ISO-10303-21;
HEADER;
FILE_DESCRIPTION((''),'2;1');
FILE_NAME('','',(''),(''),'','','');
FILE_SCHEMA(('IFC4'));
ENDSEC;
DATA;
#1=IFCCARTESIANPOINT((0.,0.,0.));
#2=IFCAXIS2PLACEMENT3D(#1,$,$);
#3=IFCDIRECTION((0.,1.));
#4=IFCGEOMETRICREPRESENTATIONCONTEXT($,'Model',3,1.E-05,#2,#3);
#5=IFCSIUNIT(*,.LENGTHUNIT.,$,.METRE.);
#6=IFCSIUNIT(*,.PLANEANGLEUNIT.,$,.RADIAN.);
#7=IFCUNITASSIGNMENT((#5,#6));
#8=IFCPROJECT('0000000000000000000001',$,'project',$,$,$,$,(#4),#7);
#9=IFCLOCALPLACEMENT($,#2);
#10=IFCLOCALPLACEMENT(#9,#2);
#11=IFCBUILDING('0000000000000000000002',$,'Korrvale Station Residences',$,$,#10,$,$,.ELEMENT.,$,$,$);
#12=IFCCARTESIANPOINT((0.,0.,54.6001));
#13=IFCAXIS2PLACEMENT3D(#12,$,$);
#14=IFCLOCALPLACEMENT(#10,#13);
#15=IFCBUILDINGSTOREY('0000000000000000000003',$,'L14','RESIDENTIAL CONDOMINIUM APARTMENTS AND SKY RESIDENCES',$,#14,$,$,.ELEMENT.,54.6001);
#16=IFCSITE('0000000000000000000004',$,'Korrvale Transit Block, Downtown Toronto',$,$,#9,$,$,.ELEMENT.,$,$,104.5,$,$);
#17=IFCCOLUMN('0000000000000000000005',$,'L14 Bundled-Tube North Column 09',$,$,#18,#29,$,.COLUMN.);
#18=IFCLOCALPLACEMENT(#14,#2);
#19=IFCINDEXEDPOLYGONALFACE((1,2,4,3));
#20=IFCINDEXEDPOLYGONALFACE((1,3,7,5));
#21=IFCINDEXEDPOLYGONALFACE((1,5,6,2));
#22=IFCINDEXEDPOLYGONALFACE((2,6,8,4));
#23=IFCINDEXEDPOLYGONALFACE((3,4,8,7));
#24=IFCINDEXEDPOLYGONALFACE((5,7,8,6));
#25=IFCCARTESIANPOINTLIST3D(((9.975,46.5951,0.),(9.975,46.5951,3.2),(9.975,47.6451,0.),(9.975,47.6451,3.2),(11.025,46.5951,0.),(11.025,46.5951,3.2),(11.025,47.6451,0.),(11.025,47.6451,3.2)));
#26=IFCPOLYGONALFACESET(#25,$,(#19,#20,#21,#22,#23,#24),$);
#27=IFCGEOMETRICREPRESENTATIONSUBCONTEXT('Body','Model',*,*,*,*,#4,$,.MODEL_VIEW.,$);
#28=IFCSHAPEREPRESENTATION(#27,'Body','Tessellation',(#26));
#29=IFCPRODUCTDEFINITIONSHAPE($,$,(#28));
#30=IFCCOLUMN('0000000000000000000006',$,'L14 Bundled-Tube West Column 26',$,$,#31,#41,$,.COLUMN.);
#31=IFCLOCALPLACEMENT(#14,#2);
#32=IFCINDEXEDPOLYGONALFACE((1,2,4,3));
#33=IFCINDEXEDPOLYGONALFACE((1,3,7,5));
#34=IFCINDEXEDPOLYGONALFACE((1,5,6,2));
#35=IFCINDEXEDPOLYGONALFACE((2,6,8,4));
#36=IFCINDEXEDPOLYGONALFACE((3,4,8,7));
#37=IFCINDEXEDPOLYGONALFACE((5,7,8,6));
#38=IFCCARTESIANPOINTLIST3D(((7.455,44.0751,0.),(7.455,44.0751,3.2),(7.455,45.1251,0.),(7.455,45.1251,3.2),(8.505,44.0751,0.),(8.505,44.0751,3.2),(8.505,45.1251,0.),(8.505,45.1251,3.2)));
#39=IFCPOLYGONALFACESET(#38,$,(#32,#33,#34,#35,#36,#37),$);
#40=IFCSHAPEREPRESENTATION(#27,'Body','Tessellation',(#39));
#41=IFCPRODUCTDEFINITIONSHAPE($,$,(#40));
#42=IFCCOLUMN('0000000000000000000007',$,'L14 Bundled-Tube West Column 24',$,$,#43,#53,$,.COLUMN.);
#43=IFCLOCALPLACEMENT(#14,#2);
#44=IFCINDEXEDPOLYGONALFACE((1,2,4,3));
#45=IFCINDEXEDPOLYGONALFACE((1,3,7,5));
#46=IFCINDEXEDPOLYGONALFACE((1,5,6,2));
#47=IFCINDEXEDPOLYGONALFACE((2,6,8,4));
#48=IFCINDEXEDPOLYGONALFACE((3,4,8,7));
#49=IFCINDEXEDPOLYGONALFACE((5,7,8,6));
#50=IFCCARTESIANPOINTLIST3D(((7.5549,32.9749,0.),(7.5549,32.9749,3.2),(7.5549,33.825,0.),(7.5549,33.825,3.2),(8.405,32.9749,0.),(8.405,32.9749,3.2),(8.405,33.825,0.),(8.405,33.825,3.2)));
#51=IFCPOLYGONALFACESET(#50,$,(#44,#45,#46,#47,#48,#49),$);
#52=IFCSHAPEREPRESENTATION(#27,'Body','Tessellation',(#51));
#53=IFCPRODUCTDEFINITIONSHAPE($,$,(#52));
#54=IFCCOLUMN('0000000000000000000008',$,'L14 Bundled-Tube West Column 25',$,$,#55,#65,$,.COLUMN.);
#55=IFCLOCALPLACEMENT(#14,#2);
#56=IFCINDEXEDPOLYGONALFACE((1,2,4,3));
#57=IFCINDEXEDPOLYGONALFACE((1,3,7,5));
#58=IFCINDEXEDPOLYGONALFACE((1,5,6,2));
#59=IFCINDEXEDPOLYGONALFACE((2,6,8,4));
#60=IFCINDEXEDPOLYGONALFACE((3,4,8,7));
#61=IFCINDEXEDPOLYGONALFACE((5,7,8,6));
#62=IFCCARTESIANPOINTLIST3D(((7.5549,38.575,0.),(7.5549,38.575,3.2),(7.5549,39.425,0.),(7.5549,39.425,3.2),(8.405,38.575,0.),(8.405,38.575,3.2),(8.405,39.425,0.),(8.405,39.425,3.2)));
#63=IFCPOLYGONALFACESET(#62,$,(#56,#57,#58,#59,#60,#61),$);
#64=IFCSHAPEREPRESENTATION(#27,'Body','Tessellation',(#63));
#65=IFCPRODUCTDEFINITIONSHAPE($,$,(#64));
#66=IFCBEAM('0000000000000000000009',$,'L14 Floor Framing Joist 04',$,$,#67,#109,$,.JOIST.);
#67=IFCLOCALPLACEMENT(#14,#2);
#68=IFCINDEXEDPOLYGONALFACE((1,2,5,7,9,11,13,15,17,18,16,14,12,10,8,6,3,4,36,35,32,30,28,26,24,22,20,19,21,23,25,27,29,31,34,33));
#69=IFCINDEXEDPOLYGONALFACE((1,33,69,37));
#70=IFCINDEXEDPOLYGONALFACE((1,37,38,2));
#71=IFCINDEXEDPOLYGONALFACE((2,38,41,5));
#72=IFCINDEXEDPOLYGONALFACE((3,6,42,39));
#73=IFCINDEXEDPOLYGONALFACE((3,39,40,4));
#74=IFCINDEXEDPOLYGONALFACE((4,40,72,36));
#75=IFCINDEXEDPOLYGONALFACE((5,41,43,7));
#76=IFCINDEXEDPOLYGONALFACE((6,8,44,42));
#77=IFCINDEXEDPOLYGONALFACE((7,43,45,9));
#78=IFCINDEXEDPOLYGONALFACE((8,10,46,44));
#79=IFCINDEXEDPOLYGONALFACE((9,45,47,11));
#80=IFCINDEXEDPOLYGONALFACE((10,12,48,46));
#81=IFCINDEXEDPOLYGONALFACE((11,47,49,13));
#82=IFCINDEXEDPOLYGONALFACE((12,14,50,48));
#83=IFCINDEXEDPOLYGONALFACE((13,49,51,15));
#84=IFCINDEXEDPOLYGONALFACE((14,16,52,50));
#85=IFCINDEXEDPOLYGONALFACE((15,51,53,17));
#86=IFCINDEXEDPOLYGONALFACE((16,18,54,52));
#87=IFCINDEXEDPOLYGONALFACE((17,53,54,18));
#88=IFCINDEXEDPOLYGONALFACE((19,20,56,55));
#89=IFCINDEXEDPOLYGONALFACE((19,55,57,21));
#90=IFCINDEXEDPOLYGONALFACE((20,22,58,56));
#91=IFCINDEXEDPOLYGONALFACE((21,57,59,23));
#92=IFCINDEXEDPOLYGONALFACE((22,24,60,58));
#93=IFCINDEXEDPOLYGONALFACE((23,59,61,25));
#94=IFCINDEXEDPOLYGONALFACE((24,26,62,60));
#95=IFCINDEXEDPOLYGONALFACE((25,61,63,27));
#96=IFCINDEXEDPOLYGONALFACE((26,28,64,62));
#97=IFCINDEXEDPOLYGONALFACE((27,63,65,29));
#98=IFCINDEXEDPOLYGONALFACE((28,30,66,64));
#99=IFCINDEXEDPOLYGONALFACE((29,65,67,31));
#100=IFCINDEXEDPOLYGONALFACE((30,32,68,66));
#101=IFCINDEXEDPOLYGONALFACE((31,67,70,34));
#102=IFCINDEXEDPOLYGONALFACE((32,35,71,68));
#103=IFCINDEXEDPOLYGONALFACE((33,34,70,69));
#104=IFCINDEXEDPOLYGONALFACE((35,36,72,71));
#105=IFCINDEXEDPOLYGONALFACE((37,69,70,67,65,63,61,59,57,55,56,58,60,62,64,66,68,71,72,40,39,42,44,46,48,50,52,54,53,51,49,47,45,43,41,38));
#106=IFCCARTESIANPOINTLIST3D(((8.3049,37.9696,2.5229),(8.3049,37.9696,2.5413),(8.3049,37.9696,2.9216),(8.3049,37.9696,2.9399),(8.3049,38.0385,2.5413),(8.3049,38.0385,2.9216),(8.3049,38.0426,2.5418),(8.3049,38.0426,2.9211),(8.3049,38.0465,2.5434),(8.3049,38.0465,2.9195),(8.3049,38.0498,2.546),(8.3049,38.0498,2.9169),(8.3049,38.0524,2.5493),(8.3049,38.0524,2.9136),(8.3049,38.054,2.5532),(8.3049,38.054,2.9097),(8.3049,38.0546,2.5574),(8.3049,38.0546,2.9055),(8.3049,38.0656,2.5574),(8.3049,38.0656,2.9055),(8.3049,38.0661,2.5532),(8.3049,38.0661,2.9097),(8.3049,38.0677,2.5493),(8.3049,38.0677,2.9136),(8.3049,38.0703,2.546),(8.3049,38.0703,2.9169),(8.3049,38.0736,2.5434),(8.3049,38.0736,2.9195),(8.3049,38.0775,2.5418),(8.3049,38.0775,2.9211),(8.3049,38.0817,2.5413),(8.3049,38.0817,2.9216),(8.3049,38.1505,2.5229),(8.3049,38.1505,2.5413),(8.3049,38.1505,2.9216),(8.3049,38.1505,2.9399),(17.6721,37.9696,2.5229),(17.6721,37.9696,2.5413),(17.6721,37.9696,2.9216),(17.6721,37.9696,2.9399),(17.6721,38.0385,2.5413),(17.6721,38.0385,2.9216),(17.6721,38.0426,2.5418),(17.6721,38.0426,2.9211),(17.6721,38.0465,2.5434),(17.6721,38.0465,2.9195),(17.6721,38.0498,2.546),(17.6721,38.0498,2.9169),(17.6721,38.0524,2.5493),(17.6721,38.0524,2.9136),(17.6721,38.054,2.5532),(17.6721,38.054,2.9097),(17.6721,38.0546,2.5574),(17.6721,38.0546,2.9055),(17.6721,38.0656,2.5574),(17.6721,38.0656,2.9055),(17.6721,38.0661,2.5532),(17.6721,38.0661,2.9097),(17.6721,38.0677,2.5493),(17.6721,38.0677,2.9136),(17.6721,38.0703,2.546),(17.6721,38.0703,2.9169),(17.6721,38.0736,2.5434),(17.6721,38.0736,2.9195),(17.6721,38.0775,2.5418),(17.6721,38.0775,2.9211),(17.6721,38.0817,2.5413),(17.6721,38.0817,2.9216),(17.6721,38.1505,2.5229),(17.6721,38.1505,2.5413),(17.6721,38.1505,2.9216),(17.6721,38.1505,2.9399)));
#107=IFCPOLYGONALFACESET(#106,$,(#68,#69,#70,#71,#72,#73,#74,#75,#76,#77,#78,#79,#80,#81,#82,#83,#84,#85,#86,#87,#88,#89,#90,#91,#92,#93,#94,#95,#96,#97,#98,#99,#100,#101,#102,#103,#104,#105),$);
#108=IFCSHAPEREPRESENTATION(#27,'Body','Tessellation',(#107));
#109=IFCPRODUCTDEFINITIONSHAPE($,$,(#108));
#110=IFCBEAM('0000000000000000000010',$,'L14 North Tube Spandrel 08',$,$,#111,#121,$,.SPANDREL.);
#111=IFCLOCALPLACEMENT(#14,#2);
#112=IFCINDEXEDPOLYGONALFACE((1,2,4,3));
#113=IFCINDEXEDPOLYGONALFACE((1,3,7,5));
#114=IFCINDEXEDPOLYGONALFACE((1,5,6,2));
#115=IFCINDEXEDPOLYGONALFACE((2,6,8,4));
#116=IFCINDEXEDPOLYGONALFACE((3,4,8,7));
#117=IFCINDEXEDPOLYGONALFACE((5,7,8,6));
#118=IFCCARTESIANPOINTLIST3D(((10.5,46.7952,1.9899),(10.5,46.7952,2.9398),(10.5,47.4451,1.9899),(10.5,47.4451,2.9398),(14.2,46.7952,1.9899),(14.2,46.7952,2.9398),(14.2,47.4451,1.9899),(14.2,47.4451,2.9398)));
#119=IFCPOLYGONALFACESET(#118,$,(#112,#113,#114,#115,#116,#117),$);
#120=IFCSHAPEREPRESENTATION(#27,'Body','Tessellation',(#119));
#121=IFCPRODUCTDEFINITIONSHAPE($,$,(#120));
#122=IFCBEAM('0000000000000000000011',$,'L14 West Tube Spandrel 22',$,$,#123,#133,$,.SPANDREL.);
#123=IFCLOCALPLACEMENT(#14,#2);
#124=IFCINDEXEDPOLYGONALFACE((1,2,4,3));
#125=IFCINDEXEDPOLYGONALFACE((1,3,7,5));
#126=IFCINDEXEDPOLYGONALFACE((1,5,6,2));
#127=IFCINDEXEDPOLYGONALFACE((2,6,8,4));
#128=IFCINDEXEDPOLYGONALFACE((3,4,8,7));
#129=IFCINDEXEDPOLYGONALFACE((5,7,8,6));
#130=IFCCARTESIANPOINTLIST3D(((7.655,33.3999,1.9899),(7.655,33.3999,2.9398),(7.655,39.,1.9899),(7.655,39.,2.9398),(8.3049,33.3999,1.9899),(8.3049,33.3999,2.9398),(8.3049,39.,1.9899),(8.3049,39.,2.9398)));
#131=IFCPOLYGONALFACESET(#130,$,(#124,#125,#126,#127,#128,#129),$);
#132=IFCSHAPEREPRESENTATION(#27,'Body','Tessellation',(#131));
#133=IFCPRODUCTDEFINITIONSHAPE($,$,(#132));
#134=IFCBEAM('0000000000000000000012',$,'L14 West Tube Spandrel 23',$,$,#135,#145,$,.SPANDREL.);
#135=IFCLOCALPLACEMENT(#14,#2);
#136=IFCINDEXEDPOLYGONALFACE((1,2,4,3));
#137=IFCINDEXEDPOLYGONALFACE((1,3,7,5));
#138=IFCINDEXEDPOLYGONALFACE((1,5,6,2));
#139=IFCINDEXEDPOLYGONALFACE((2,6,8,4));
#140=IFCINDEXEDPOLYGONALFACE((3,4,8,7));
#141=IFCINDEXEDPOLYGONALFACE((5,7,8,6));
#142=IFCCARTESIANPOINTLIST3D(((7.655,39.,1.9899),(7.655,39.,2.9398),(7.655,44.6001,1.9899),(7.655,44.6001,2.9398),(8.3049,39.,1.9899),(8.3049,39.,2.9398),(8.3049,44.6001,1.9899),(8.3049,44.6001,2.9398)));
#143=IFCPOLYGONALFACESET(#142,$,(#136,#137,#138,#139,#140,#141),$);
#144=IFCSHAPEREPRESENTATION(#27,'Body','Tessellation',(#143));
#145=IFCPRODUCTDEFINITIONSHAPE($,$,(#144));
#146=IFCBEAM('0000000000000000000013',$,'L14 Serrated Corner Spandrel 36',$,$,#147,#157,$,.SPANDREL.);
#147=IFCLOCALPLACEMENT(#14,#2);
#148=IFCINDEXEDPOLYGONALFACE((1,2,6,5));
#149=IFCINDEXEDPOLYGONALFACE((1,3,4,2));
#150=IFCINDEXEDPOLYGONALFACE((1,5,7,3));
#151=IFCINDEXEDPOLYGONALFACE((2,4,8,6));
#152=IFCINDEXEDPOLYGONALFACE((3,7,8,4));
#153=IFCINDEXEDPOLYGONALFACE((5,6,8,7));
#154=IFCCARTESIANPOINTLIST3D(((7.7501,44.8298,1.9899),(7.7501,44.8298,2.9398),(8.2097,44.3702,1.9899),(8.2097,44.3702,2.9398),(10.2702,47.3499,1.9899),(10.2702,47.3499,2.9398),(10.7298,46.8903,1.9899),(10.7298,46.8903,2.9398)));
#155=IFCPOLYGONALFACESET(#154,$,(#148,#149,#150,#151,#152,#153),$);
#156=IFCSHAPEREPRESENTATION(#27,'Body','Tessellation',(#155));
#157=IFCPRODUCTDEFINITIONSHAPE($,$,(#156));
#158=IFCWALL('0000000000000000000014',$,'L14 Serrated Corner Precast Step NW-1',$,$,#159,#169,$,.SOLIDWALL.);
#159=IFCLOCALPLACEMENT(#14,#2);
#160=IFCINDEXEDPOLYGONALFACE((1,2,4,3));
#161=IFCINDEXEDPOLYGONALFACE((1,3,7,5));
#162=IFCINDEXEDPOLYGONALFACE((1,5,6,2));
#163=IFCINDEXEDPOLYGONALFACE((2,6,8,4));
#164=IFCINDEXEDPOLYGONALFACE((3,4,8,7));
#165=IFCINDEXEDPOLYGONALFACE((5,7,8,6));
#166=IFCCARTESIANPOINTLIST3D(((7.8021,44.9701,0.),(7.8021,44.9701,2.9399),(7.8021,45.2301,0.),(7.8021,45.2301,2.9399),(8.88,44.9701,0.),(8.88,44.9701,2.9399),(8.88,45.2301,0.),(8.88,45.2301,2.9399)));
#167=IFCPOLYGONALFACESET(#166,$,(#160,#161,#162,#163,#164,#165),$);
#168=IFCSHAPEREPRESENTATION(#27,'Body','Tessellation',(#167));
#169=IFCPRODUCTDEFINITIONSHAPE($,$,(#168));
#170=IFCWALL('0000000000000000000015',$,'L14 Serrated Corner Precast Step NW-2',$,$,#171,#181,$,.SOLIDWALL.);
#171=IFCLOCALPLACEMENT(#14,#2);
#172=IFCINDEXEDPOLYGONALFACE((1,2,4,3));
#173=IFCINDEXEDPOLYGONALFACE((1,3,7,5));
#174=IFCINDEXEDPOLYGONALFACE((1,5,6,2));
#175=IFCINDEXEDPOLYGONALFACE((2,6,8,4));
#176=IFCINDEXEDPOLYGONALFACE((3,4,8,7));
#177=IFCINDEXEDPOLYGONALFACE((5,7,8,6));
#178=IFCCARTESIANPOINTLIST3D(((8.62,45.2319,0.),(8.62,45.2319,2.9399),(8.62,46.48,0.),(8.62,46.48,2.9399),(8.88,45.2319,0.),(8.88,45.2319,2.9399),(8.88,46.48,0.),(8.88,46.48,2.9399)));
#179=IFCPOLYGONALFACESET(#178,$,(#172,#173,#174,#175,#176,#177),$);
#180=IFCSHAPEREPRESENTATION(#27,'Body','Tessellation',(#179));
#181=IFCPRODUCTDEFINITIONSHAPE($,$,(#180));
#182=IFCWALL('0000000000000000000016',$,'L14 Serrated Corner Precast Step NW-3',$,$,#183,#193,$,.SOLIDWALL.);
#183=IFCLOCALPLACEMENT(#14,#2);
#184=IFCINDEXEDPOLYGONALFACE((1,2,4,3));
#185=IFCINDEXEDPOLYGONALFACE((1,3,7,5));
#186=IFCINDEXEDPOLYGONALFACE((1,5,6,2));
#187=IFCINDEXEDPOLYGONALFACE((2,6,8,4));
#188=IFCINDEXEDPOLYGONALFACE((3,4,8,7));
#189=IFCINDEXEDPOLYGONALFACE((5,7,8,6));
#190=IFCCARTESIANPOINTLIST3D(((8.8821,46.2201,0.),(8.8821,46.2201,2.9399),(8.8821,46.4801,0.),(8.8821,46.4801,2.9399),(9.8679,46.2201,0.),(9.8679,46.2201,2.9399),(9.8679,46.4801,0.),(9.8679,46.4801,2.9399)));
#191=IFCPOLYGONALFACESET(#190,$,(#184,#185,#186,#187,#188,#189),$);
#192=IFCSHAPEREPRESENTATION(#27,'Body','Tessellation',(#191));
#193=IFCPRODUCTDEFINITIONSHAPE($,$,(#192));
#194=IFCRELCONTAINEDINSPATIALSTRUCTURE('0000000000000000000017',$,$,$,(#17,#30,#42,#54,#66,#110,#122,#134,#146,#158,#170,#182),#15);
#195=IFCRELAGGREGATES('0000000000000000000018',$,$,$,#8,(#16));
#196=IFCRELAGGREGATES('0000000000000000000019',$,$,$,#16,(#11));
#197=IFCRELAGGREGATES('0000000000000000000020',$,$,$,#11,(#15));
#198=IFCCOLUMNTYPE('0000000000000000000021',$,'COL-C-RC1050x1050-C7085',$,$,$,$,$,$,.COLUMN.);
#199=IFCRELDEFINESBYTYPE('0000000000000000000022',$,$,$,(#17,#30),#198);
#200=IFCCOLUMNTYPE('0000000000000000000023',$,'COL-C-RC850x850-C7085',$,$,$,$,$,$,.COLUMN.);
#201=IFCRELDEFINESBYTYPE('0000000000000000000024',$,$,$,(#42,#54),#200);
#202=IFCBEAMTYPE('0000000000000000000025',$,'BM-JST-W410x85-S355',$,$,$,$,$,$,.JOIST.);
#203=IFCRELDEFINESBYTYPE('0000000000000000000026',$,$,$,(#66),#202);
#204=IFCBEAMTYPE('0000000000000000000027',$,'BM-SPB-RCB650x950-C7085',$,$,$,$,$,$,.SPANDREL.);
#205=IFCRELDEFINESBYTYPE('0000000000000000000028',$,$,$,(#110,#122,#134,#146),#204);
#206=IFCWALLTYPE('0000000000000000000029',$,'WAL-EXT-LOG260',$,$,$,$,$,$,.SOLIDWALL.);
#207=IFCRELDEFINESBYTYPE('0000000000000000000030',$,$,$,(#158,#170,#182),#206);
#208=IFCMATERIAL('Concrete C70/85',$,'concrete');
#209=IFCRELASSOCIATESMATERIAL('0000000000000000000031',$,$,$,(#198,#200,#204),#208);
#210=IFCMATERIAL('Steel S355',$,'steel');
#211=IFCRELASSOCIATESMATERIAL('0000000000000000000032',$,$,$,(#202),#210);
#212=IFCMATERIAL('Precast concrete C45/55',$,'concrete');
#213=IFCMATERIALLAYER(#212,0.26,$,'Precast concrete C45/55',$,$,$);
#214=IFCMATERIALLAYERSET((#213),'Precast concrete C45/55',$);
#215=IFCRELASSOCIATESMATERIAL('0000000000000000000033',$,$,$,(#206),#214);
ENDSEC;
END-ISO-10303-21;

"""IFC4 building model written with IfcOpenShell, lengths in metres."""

from ifc_helpers import new_model, si_unit, direction, frame, frame_2d, origin, origin_2d, place, context, subcontext, project, spatial, rectangle, i_section, extrude, material, layer, layer_set, material_profile, profile_set, type_object, element, save


model = new_model("IFC4")

# Units and contexts
model_context = context("Model", 3, precision=1e-05, world=origin(), true_north=direction((0.0, 1.0)))
body_context = subcontext(model_context, "Body", "Model", "MODEL_VIEW")
ifc_project = project(units=[si_unit("LENGTHUNIT", "METRE"), si_unit("PLANEANGLEUNIT", "RADIAN")], contexts=[model_context])

# Site, building, storey
site_placement = place(None, origin())
site = spatial("IfcSite", under=ifc_project, at=site_placement, Name="Korrvale Transit Block, Downtown Toronto", CompositionType="ELEMENT", RefElevation=104.5)
building_placement = place(site_placement, origin())
building = spatial("IfcBuilding", under=site, at=building_placement, Name="Korrvale Station Residences", CompositionType="ELEMENT")
storey_placement = place(building_placement, frame((0.0, 0.0, 54.6001)))
storey = spatial("IfcBuildingStorey", under=building, at=storey_placement, Name="L14", Description="RESIDENTIAL CONDOMINIUM APARTMENTS AND SKY RESIDENCES", CompositionType="ELEMENT", Elevation=54.6001)

# Columns
ifc_material_1 = material(Name="Concrete C70/85", Category="concrete")
ifc_material_profile_1 = material_profile(ifc_material_1, rectangle(XDim=1.05, YDim=1.05, at=origin_2d()), Name="RC1050x1050")
ifc_profile_set_1 = profile_set([ifc_material_profile_1], Name="Concrete C70/85")
column_type_1 = type_object("IfcColumnType", Name="COL-C-RC1050x1050-C7085", PredefinedType="COLUMN", material=ifc_profile_set_1)
for number, where, z_axis, x_axis, name in (
    (1, (10.5, 47.1201, 0.0), (0.0, 0.0, 1.0), (1.0, 0.0, 0.0), "L14 Bundled-Tube North Column 09"),
    (2, (7.98, 44.6001, 0.0), (0.0, 0.0, 1.0), (1.0, 0.0, 0.0), "L14 Bundled-Tube West Column 26"),
):
    element("IfcColumn", number, at=place(storey_placement, frame(where, z_axis=z_axis, x_axis=x_axis)), inside=storey, type_object=column_type_1, Name=name, PredefinedType="COLUMN", context=body_context, shape_type="SweptSolid", body=[
        extrude(rectangle(XDim=1.05, YDim=1.05, at=origin_2d()), origin(), (0.0, 0.0, 1.0), 3.2),
    ])
ifc_material_profile_2 = material_profile(ifc_material_1, rectangle(XDim=0.8501, YDim=0.8501, at=origin_2d()), Name="RC850x850")
ifc_profile_set_2 = profile_set([ifc_material_profile_2], Name="Concrete C70/85")
column_type_2 = type_object("IfcColumnType", Name="COL-C-RC850x850-C7085", PredefinedType="COLUMN", material=ifc_profile_set_2)
for number, where, z_axis, x_axis, name in (
    (3, (7.98, 33.3999, 0.0), (0.0, 0.0, 1.0), (1.0, 0.0, 0.0), "L14 Bundled-Tube West Column 24"),
    (4, (7.98, 39.0, 0.0), (0.0, 0.0, 1.0), (1.0, 0.0, 0.0), "L14 Bundled-Tube West Column 25"),
):
    element("IfcColumn", number, at=place(storey_placement, frame(where, z_axis=z_axis, x_axis=x_axis)), inside=storey, type_object=column_type_2, Name=name, PredefinedType="COLUMN", context=body_context, shape_type="SweptSolid", body=[
        extrude(rectangle(XDim=0.8501, YDim=0.8501, at=origin_2d()), origin(), (0.0, 0.0, 1.0), 3.2),
    ])

# Beams
ifc_material_2 = material(Name="Steel S355", Category="steel")
ifc_material_profile_3 = material_profile(ifc_material_2, i_section(OverallWidth=0.1809, OverallDepth=0.417, WebThickness=0.011, FlangeThickness=0.0183, FilletRadius=0.0161, at=origin_2d()), Name="W410x85")
ifc_profile_set_3 = profile_set([ifc_material_profile_3], Name="Steel S355")
beam_type_1 = type_object("IfcBeamType", Name="BM-JST-W410x85-S355", PredefinedType="JOIST", material=ifc_profile_set_3)
beam_1_placement = place(storey_placement, frame((8.3049, 38.0601, 2.7314), z_axis=(1.0, 0.0, 0.0), x_axis=(0.0, 1.0, 0.0)))
element("IfcBeam", 5, at=beam_1_placement, inside=storey, type_object=beam_type_1, Name="L14 Floor Framing Joist 04", PredefinedType="JOIST", context=body_context, shape_type="SweptSolid", body=[
    extrude(i_section(OverallWidth=0.1809, OverallDepth=0.417, WebThickness=0.011, FlangeThickness=0.0183, FilletRadius=0.0161, at=origin_2d()), origin(), (0.0, 0.0, 1.0), 9.3672),
])
ifc_material_profile_4 = material_profile(ifc_material_1, rectangle(XDim=0.6499, YDim=0.95, at=origin_2d()), Name="RCB650x950")
ifc_profile_set_4 = profile_set([ifc_material_profile_4], Name="Concrete C70/85")
beam_type_2 = type_object("IfcBeamType", Name="BM-SPB-RCB650x950-C7085", PredefinedType="SPANDREL", material=ifc_profile_set_4)
beam_2_placement = place(storey_placement, frame((10.5, 47.1201, 2.4648), z_axis=(1.0, 0.0, 0.0), x_axis=(0.0, 1.0, 0.0)))
element("IfcBeam", 6, at=beam_2_placement, inside=storey, type_object=beam_type_2, Name="L14 North Tube Spandrel 08", PredefinedType="SPANDREL", context=body_context, shape_type="SweptSolid", body=[
    extrude(rectangle(XDim=0.6499, YDim=0.95, at=origin_2d()), origin(), (0.0, 0.0, 1.0), 3.7),
])
for number, where, z_axis, x_axis, name in (
    (7, (7.98, 33.3999, 2.4648), (0.0, 1.0, 0.0), (-1.0, 0.0, 0.0), "L14 West Tube Spandrel 22"),
    (8, (7.98, 39.0, 2.4648), (0.0, 1.0, 0.0), (-1.0, 0.0, 0.0), "L14 West Tube Spandrel 23"),
):
    element("IfcBeam", number, at=place(storey_placement, frame(where, z_axis=z_axis, x_axis=x_axis)), inside=storey, type_object=beam_type_2, Name=name, PredefinedType="SPANDREL", context=body_context, shape_type="SweptSolid", body=[
        extrude(rectangle(XDim=0.6499, YDim=0.95, at=origin_2d()), origin(), (0.0, 0.0, 1.0), 5.6001),
    ])
beam_3_placement = place(storey_placement, frame((10.5, 47.1201, 2.4648), z_axis=(-0.707107, -0.707107, 0.0), x_axis=(0.707107, -0.707107, 0.0)))
element("IfcBeam", 9, at=beam_3_placement, inside=storey, type_object=beam_type_2, Name="L14 Serrated Corner Spandrel 36", PredefinedType="SPANDREL", context=body_context, shape_type="SweptSolid", body=[
    extrude(rectangle(XDim=0.6499, YDim=0.95, at=origin_2d()), origin(), (0.0, 0.0, 1.0), 3.564),
])

# Walls
ifc_material_3 = material(Name="Precast concrete C45/55", Category="concrete")
ifc_layer_1 = layer(ifc_material_3, 0.26, Name="Precast concrete C45/55")
ifc_layer_set_1 = layer_set([ifc_layer_1], Name="Precast concrete C45/55")
wall_type_1 = type_object("IfcWallType", Name="WAL-EXT-LOG260", PredefinedType="SOLIDWALL", material=ifc_layer_set_1)
wall_1_placement = place(storey_placement, frame((7.802, 45.1001, 0.0), z_axis=(0.0, 0.0, 1.0), x_axis=(1.0, 0.0, 0.0)))
element("IfcWall", 10, at=wall_1_placement, inside=storey, type_object=wall_type_1, Name="L14 Serrated Corner Precast Step NW-1", PredefinedType="SOLIDWALL", context=body_context, shape_type="SweptSolid", body=[
    extrude(rectangle(XDim=1.0779, YDim=0.26, at=frame_2d((0.5391, 0.0))), origin(), (0.0, 0.0, 1.0), 2.9399),
])
wall_2_placement = place(storey_placement, frame((8.75, 45.2319, 0.0), z_axis=(0.0, 0.0, 1.0), x_axis=(0.0, 1.0, 0.0)))
element("IfcWall", 11, at=wall_2_placement, inside=storey, type_object=wall_type_1, Name="L14 Serrated Corner Precast Step NW-2", PredefinedType="SOLIDWALL", context=body_context, shape_type="SweptSolid", body=[
    extrude(rectangle(XDim=1.248, YDim=0.26, at=frame_2d((0.624, 0.0))), origin(), (0.0, 0.0, 1.0), 2.9399),
])
wall_3_placement = place(storey_placement, frame((8.8821, 46.3501, 0.0), z_axis=(0.0, 0.0, 1.0), x_axis=(1.0, 0.0, 0.0)))
element("IfcWall", 12, at=wall_3_placement, inside=storey, type_object=wall_type_1, Name="L14 Serrated Corner Precast Step NW-3", PredefinedType="SOLIDWALL", context=body_context, shape_type="SweptSolid", body=[
    extrude(rectangle(XDim=0.9858, YDim=0.26, at=frame_2d((0.4929, 0.0))), origin(), (0.0, 0.0, 1.0), 2.9399),
])

save(model, "model.ifc")
